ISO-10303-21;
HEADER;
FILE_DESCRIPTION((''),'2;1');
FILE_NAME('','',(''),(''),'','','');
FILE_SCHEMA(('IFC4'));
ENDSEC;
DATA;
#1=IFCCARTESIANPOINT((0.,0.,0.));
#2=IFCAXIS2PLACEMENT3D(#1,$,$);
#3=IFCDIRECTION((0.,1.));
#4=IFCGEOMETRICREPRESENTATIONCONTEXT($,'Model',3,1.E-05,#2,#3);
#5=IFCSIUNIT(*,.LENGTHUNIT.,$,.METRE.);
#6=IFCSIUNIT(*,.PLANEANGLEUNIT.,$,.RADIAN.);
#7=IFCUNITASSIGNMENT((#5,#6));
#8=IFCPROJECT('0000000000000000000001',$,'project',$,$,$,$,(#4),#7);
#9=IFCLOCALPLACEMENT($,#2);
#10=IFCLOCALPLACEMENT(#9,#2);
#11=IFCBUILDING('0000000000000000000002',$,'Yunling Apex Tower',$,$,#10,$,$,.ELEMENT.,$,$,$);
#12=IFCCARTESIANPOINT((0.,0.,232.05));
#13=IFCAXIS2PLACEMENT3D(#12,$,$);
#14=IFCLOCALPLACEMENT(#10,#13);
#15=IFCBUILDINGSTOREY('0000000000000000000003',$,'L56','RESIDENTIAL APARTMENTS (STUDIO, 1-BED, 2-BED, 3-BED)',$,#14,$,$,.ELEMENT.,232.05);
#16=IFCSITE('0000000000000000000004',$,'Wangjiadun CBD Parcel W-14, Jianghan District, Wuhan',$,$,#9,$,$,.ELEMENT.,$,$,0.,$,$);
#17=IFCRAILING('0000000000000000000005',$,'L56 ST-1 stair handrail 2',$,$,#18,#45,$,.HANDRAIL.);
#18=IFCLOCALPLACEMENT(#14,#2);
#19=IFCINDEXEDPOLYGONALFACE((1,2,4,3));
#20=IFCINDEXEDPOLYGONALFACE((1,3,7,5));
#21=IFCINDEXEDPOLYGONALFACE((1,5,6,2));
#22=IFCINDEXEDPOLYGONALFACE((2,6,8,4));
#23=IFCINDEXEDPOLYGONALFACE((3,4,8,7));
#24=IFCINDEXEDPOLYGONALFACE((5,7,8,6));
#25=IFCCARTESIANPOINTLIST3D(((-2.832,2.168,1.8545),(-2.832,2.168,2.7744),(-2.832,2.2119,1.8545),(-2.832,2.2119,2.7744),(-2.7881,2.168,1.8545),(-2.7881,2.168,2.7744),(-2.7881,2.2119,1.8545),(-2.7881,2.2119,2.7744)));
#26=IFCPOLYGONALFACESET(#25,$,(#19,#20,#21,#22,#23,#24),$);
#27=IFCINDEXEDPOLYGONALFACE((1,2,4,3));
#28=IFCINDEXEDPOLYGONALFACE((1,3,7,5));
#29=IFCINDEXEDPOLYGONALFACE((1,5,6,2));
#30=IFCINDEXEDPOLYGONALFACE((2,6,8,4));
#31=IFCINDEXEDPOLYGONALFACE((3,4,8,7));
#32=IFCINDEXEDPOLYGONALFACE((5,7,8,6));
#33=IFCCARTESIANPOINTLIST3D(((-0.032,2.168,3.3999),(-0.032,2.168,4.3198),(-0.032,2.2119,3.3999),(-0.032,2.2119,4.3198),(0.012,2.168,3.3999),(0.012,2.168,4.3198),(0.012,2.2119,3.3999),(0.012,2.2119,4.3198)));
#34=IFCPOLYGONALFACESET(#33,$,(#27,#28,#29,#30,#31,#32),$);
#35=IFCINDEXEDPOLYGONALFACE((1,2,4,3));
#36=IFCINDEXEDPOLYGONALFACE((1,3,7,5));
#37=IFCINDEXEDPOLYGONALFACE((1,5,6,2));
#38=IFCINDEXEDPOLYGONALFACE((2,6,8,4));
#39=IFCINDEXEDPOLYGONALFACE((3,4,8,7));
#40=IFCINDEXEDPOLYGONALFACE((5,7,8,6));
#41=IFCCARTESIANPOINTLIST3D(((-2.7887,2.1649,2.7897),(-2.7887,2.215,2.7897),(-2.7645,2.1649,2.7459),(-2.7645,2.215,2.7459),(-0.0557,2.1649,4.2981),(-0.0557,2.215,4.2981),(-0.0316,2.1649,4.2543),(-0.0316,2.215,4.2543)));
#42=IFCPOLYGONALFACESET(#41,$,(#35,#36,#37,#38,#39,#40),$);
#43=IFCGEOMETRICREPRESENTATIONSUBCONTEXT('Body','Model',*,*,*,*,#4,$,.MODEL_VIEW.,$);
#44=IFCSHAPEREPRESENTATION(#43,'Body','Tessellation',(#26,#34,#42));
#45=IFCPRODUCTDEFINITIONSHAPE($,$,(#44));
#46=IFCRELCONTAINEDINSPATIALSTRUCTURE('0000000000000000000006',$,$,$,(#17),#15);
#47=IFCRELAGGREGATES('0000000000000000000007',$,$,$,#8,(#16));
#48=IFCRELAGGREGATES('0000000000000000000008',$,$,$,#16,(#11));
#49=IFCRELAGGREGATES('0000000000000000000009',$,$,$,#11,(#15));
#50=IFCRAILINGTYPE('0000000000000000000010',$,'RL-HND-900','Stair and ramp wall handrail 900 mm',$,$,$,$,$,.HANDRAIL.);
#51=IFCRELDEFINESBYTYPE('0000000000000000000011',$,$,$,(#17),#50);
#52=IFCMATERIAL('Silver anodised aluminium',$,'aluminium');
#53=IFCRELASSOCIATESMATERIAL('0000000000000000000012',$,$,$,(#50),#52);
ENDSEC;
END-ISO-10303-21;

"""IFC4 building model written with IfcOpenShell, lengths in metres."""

from ifc_helpers import new_model, si_unit, direction, frame, origin, origin_2d, place, context, subcontext, project, spatial, rectangle, extrude, material, type_object, element, save


model = new_model("IFC4")

# Units and contexts
model_context = context("Model", 3, precision=1e-05, world=origin(), true_north=direction((0.0, 1.0)))
body_context = subcontext(model_context, "Body", "Model", "MODEL_VIEW")
ifc_project = project(units=[si_unit("LENGTHUNIT", "METRE"), si_unit("PLANEANGLEUNIT", "RADIAN")], contexts=[model_context])

# Site, building, storey
site_placement = place(None, origin())
site = spatial("IfcSite", under=ifc_project, at=site_placement, Name="Wangjiadun CBD Parcel W-14, Jianghan District, Wuhan", CompositionType="ELEMENT", RefElevation=0.0)
building_placement = place(site_placement, origin())
building = spatial("IfcBuilding", under=site, at=building_placement, Name="Yunling Apex Tower", CompositionType="ELEMENT")
storey_placement = place(building_placement, frame((0.0, 0.0, 232.05)))
storey = spatial("IfcBuildingStorey", under=building, at=storey_placement, Name="L56", Description="RESIDENTIAL APARTMENTS (STUDIO, 1-BED, 2-BED, 3-BED)", CompositionType="ELEMENT", Elevation=232.05)

# Railing
ifc_material_1 = material(Name="Silver anodised aluminium", Category="aluminium")
railing_type_1 = type_object("IfcRailingType", Name="RL-HND-900", Description="Stair and ramp wall handrail 900 mm", PredefinedType="HANDRAIL", material=ifc_material_1)
railing_1_placement = place(storey_placement, frame((-2.8101, 2.1899, 1.8545)))
element("IfcRailing", 1, at=railing_1_placement, inside=storey, type_object=railing_type_1, Name="L56 ST-1 stair handrail 2", PredefinedType="HANDRAIL", context=body_context, shape_type="SweptSolid", body=[
    extrude(rectangle(XDim=0.0439, YDim=0.0439, at=origin_2d()), origin(), (0.0, 0.0, 1.0), 0.9199),
    extrude(rectangle(XDim=0.0439, YDim=0.0439, at=origin_2d()), frame((2.8, 0.0, 1.5454)), (0.0, 0.0, 1.0), 0.9199),
    extrude(rectangle(XDim=0.05, YDim=0.05, at=origin_2d()), frame((0.0334, 0.0, 0.9133), z_axis=(0.875504, 0.0, 0.483211), x_axis=(0.0, 1.0, 0.0)), (0.0, 0.0, 1.0), 3.1216),
])

save(model, "model.ifc")
